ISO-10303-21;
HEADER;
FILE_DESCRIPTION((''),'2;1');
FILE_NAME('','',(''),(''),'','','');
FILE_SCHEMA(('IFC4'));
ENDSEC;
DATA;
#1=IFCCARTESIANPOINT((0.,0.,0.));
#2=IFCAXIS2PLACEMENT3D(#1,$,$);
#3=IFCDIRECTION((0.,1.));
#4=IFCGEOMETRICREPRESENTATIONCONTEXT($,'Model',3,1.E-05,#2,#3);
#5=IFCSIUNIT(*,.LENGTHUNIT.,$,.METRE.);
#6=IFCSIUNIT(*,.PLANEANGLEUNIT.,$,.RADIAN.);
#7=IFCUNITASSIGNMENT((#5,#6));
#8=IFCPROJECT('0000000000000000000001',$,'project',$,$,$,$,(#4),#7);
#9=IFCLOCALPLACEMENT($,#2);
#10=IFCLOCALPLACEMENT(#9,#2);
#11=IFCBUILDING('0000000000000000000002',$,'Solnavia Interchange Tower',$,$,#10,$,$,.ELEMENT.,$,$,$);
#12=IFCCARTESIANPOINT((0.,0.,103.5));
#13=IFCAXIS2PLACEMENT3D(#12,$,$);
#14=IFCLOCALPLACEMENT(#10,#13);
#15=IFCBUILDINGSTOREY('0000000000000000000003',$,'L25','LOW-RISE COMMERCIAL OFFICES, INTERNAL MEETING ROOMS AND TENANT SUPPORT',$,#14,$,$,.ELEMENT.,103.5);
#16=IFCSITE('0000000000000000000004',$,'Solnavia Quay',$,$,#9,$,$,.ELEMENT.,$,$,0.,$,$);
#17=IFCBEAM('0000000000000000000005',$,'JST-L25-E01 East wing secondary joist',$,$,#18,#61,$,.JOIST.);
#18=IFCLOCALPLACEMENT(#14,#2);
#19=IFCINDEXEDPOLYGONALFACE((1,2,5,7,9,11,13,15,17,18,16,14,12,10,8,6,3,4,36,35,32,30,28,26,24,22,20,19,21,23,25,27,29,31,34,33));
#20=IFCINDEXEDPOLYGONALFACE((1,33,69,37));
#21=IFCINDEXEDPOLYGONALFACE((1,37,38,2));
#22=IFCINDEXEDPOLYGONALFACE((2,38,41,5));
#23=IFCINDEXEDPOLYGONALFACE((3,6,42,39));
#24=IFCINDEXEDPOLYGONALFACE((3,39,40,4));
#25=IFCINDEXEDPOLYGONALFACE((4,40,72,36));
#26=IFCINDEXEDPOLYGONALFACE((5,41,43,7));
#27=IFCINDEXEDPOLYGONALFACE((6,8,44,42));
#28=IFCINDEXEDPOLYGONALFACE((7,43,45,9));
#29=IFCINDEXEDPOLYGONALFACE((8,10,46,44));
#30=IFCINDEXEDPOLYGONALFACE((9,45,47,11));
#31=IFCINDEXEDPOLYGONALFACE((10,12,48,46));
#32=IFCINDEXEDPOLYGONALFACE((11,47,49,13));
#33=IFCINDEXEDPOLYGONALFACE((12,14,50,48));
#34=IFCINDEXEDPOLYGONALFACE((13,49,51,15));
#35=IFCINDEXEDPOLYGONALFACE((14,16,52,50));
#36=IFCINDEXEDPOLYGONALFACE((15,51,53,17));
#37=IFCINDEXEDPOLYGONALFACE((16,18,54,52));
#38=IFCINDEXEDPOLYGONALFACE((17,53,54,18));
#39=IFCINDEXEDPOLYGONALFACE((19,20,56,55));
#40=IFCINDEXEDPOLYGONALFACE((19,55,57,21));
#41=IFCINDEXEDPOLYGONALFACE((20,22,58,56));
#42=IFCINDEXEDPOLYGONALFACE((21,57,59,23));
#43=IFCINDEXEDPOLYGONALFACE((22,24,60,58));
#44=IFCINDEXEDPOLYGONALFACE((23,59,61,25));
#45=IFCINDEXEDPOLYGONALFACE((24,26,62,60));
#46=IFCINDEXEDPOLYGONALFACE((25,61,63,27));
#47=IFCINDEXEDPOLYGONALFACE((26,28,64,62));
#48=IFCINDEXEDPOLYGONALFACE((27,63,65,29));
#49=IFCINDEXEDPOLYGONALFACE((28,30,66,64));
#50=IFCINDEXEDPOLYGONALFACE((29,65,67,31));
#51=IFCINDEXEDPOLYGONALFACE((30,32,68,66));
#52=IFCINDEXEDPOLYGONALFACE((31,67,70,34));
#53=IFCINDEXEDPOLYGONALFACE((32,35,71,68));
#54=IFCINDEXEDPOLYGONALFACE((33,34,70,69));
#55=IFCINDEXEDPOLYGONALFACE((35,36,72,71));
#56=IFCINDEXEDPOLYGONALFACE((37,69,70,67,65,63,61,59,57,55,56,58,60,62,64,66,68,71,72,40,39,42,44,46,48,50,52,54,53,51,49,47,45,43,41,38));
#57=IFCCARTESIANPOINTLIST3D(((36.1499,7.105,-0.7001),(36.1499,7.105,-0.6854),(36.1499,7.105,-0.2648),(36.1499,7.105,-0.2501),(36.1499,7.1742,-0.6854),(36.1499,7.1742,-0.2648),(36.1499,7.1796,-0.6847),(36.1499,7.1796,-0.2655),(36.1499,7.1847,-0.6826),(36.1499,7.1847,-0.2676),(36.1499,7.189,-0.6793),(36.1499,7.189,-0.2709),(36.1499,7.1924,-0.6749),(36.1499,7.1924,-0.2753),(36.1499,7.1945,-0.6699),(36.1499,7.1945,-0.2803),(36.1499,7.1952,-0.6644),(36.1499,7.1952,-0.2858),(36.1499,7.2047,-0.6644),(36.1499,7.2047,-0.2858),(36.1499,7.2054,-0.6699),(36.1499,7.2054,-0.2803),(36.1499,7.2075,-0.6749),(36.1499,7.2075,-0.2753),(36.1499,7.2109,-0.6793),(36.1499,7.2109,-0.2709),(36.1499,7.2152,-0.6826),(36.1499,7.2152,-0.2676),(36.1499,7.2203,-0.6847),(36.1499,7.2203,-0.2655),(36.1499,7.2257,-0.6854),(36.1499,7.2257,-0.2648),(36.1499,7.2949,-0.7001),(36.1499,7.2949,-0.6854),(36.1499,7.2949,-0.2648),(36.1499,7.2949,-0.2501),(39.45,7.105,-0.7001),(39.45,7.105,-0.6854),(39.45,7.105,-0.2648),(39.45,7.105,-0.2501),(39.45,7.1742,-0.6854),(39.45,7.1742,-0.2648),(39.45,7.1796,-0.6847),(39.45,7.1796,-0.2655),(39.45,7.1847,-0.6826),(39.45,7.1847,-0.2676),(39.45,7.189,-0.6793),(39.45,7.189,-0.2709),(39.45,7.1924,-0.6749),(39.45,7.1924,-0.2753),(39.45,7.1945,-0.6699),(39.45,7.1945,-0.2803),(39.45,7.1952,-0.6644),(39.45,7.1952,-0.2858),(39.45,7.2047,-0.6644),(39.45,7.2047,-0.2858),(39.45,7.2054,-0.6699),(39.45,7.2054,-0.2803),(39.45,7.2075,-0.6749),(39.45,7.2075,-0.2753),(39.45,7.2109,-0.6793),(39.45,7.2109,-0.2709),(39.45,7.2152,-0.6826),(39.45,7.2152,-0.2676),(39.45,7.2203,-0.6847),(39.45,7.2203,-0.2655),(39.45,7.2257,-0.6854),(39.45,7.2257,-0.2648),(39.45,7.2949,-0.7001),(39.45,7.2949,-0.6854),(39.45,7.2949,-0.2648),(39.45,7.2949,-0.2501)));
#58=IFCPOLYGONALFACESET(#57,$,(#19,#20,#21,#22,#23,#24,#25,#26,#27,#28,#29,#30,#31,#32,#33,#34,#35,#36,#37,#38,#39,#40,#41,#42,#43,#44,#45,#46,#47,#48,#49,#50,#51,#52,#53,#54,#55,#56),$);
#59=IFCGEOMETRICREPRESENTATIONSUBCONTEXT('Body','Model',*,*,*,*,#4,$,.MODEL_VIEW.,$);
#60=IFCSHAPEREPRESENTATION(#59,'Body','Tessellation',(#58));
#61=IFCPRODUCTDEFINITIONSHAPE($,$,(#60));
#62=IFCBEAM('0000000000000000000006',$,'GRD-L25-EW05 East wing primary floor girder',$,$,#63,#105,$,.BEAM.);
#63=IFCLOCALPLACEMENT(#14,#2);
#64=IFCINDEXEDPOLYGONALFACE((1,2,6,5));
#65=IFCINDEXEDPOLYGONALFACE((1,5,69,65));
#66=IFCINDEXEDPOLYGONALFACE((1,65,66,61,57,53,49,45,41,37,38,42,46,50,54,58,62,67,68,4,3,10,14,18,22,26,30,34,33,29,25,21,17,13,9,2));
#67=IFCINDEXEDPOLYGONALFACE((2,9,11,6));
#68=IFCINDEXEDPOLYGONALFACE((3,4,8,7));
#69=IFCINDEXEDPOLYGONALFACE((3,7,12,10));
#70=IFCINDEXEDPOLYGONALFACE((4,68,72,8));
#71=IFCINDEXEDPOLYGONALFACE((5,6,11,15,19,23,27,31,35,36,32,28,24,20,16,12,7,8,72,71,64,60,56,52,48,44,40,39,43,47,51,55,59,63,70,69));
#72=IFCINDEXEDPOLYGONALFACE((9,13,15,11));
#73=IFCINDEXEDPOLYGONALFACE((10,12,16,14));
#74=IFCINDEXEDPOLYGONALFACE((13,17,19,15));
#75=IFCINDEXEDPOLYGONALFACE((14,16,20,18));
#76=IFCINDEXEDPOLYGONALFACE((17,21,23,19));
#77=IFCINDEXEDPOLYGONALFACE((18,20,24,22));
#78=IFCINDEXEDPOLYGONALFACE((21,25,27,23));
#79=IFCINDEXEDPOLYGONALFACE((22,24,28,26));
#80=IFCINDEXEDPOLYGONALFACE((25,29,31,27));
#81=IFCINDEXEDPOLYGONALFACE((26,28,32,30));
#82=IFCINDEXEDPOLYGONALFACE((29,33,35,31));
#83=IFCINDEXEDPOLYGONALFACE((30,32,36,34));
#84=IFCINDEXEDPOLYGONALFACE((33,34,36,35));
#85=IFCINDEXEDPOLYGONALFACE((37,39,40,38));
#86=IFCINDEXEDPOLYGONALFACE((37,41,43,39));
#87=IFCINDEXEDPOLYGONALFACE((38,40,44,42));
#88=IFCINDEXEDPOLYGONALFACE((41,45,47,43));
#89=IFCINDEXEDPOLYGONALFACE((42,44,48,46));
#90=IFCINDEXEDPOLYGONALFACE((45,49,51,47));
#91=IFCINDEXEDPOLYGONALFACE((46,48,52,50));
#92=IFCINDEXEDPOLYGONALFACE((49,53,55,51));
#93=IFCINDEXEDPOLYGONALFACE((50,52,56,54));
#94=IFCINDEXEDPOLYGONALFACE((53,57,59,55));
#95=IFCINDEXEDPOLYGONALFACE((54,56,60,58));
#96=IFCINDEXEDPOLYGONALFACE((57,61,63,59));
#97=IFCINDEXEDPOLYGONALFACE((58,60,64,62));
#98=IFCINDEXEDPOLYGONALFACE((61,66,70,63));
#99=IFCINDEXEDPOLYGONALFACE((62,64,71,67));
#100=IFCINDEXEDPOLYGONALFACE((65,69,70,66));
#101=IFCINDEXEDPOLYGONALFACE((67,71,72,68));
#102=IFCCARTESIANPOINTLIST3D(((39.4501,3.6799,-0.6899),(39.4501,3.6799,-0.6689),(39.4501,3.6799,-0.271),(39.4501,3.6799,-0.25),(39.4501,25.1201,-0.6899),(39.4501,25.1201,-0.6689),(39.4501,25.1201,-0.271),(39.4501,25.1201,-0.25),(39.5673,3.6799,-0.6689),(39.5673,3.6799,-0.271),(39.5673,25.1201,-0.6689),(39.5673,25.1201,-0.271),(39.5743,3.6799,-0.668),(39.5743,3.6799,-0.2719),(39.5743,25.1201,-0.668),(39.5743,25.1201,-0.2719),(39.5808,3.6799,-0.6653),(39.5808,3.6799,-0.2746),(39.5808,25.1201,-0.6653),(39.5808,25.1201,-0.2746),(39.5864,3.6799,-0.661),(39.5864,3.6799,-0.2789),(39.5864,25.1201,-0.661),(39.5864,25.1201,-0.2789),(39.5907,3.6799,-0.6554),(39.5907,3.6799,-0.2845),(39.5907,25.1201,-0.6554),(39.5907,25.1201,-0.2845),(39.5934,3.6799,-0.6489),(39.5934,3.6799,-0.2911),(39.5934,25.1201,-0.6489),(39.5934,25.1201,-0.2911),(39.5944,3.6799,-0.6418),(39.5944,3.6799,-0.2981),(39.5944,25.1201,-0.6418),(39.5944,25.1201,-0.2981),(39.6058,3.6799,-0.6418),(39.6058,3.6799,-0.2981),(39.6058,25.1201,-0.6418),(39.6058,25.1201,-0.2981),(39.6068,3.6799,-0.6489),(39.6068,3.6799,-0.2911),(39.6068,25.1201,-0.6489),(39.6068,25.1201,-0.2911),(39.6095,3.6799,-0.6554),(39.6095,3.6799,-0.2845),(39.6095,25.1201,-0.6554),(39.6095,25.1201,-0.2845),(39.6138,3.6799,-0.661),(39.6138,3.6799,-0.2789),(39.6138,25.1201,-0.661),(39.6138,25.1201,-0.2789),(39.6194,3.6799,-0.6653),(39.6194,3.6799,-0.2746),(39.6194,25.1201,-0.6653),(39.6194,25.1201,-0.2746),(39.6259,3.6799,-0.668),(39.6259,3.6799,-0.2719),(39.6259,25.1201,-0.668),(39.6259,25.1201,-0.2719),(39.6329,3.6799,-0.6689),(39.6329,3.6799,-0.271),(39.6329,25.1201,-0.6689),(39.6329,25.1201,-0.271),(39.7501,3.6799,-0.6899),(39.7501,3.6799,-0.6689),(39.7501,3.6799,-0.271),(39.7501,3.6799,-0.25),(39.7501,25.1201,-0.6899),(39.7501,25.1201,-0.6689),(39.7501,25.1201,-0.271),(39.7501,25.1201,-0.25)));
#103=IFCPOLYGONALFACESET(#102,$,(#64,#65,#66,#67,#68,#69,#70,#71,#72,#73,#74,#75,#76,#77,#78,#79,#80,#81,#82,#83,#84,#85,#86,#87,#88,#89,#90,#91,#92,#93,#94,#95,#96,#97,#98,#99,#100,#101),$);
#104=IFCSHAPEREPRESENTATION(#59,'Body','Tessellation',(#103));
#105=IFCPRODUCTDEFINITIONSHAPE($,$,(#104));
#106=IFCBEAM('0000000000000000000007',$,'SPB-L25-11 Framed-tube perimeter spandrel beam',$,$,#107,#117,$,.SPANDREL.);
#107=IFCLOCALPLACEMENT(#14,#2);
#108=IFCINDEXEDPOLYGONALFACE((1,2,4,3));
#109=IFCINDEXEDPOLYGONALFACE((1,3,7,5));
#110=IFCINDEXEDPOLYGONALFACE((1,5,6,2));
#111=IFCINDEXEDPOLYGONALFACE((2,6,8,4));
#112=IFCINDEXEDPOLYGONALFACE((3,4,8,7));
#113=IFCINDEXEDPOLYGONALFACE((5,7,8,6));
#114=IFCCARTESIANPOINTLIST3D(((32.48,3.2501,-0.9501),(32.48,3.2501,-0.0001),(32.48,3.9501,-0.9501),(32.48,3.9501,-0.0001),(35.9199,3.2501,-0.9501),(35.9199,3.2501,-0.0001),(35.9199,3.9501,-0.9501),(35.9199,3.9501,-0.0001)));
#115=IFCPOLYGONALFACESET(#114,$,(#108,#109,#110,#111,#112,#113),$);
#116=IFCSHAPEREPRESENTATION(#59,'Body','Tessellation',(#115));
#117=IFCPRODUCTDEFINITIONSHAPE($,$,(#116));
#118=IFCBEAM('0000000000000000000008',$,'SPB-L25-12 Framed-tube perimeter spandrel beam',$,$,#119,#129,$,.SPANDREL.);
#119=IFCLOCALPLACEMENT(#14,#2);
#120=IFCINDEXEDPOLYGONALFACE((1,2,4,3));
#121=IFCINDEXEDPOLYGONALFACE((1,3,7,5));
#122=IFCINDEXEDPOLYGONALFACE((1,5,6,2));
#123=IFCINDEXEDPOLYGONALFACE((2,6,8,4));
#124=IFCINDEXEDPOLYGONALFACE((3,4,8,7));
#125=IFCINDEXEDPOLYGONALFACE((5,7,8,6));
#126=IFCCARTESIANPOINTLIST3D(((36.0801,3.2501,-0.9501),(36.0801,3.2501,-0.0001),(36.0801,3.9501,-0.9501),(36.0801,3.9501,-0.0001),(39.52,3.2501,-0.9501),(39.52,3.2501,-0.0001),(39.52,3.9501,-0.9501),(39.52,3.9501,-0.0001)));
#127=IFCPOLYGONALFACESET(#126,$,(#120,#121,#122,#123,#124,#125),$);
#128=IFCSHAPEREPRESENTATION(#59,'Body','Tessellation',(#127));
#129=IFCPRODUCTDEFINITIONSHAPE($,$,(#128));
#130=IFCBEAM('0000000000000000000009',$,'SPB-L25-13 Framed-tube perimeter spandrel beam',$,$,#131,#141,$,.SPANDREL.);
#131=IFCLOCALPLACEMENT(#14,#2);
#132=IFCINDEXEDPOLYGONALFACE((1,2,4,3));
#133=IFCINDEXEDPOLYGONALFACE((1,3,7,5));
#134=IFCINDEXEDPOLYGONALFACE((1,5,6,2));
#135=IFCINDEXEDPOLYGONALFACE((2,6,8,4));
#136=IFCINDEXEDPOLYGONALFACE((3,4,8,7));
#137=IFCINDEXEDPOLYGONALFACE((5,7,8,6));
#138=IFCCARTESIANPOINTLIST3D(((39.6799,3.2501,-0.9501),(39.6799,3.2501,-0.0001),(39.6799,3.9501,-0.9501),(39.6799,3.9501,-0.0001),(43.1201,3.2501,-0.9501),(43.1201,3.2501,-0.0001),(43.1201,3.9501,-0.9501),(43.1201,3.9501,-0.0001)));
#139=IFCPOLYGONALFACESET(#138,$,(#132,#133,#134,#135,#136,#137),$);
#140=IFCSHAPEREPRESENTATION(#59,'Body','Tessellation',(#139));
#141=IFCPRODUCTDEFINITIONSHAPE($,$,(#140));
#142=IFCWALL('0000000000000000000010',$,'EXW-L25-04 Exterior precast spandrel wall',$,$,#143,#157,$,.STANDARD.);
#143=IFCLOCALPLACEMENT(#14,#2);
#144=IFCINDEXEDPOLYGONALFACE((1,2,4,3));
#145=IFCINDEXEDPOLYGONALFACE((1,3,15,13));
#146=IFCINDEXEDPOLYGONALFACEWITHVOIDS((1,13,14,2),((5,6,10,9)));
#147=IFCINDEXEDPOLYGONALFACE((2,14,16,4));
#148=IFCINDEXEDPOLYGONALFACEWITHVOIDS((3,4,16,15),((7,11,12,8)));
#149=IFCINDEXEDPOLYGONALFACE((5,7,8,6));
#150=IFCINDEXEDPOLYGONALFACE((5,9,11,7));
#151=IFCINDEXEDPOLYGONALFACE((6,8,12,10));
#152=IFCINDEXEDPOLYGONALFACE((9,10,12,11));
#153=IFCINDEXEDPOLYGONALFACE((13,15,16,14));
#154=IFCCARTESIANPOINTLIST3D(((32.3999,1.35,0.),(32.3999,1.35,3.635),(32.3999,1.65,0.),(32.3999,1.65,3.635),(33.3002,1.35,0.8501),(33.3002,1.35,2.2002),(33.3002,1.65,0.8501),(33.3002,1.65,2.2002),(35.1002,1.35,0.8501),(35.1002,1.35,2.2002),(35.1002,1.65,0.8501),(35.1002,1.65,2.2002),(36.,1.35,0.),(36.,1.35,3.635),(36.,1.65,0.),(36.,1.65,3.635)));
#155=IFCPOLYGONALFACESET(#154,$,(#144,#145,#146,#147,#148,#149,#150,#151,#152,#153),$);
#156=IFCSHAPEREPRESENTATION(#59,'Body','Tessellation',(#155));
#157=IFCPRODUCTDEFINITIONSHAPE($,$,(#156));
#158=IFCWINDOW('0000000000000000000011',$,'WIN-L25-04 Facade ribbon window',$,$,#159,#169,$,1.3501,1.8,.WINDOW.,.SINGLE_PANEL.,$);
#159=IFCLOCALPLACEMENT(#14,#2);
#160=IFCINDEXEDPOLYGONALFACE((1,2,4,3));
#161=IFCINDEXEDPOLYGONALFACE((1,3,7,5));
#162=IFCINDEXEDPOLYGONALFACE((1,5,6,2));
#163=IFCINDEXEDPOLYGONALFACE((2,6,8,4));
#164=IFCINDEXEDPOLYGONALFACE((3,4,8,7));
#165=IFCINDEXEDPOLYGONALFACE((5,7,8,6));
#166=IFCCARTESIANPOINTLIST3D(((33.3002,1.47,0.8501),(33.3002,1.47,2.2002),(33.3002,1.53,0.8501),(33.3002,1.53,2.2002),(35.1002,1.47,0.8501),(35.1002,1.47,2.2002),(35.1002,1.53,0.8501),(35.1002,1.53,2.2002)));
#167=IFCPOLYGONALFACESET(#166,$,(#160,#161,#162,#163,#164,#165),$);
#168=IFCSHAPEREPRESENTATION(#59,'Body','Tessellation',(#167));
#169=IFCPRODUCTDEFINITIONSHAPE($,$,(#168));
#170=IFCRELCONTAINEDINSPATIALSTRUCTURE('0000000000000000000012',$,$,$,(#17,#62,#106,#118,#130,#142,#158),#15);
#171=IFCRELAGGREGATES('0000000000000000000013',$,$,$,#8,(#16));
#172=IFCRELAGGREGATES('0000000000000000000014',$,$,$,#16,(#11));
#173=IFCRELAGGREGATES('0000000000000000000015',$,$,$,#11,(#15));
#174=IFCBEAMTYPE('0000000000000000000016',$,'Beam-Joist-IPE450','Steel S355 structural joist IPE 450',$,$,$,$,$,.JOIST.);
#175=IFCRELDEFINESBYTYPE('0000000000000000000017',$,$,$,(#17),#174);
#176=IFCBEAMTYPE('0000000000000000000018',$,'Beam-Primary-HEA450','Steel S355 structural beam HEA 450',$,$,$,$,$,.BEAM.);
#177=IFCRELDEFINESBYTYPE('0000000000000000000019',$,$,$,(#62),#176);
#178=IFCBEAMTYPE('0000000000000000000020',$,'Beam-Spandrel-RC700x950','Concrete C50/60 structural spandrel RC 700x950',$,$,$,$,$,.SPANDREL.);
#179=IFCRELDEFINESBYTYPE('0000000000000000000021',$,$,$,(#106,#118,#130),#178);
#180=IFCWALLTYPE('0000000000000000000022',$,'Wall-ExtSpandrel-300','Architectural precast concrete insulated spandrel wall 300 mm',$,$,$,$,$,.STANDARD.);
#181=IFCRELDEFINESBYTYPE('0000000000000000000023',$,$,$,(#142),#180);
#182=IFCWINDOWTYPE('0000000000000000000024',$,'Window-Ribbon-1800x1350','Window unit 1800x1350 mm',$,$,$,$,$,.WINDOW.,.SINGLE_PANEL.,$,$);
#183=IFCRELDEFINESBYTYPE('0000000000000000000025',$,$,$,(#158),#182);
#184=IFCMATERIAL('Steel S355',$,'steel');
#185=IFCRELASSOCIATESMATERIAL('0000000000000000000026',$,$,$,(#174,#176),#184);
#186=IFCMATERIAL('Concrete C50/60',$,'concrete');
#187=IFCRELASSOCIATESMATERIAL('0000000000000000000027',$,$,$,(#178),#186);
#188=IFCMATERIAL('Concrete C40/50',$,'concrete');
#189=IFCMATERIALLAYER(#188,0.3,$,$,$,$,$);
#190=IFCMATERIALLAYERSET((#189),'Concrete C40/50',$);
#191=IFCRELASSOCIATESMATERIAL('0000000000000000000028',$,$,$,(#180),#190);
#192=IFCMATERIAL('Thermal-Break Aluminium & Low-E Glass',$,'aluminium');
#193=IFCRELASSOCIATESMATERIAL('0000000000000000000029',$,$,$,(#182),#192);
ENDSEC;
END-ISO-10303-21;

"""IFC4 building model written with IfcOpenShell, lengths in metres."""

from ifc_helpers import new_model, si_unit, direction, frame, frame_2d, origin, origin_2d, place, context, subcontext, project, spatial, rectangle, i_section, extrude, material, layer, layer_set, material_profile, profile_set, type_object, element, fill, save


model = new_model("IFC4")

# Units and contexts
model_context = context("Model", 3, precision=1e-05, world=origin(), true_north=direction((0.0, 1.0)))
body_context = subcontext(model_context, "Body", "Model", "MODEL_VIEW")
ifc_project = project(units=[si_unit("LENGTHUNIT", "METRE"), si_unit("PLANEANGLEUNIT", "RADIAN")], contexts=[model_context])

# Site, building, storey
site_placement = place(None, origin())
site = spatial("IfcSite", under=ifc_project, at=site_placement, Name="Solnavia Quay", CompositionType="ELEMENT", RefElevation=0.0)
building_placement = place(site_placement, origin())
building = spatial("IfcBuilding", under=site, at=building_placement, Name="Solnavia Interchange Tower", CompositionType="ELEMENT")
storey_placement = place(building_placement, frame((0.0, 0.0, 103.5)))
storey = spatial("IfcBuildingStorey", under=building, at=storey_placement, Name="L25", Description="LOW-RISE COMMERCIAL OFFICES, INTERNAL MEETING ROOMS AND TENANT SUPPORT", CompositionType="ELEMENT", Elevation=103.5)

# Shared definitions
ifc_material_1 = material(Name="Concrete C50/60", Category="concrete")
ifc_material_2 = material(Name="Steel S355", Category="steel")

# Beams
ifc_material_profile_1 = material_profile(ifc_material_2, i_section(OverallWidth=0.1899, OverallDepth=0.45, WebThickness=0.0095, FlangeThickness=0.0146, FilletRadius=0.021, at=origin_2d()), Name="IPE 450")
ifc_profile_set_1 = profile_set([ifc_material_profile_1], Name="Steel S355")
beam_type_1 = type_object("IfcBeamType", Name="Beam-Joist-IPE450", Description="Steel S355 structural joist IPE 450", PredefinedType="JOIST", material=ifc_profile_set_1)
beam_1_placement = place(storey_placement, frame((36.1499, 7.2, -0.4751), z_axis=(1.0, 0.0, 0.0), x_axis=(0.0, 1.0, 0.0)))
element("IfcBeam", 1, at=beam_1_placement, inside=storey, type_object=beam_type_1, Name="JST-L25-E01 East wing secondary joist", PredefinedType="JOIST", context=body_context, shape_type="SweptSolid", body=[
    extrude(i_section(OverallWidth=0.1899, OverallDepth=0.45, WebThickness=0.0095, FlangeThickness=0.0146, FilletRadius=0.021, at=origin_2d()), origin(), (0.0, 0.0, 1.0), 3.3),
])
ifc_material_profile_2 = material_profile(ifc_material_2, i_section(OverallWidth=0.3, OverallDepth=0.4399, WebThickness=0.0115, FlangeThickness=0.021, FilletRadius=0.0271, at=origin_2d()), Name="HEA 450")
ifc_profile_set_2 = profile_set([ifc_material_profile_2], Name="Steel S355")
beam_type_2 = type_object("IfcBeamType", Name="Beam-Primary-HEA450", Description="Steel S355 structural beam HEA 450", PredefinedType="BEAM", material=ifc_profile_set_2)
beam_2_placement = place(storey_placement, frame((39.6001, 3.6799, -0.47), z_axis=(0.0, 1.0, 0.0), x_axis=(-1.0, 0.0, 0.0)))
element("IfcBeam", 2, at=beam_2_placement, inside=storey, type_object=beam_type_2, Name="GRD-L25-EW05 East wing primary floor girder", PredefinedType="BEAM", context=body_context, shape_type="SweptSolid", body=[
    extrude(i_section(OverallWidth=0.3, OverallDepth=0.4399, WebThickness=0.0115, FlangeThickness=0.021, FilletRadius=0.0271, at=origin_2d()), origin(), (0.0, 0.0, 1.0), 21.4402),
])
ifc_material_profile_3 = material_profile(ifc_material_1, rectangle(XDim=0.7, YDim=0.95, at=origin_2d()), Name="RC 700x950")
ifc_profile_set_3 = profile_set([ifc_material_profile_3], Name="Concrete C50/60")
beam_type_3 = type_object("IfcBeamType", Name="Beam-Spandrel-RC700x950", Description="Concrete C50/60 structural spandrel RC 700x950", PredefinedType="SPANDREL", material=ifc_profile_set_3)
for number, where, z_axis, x_axis, name in (
    (3, (32.48, 3.6001, -0.4751), (1.0, 0.0, 0.0), (0.0, 1.0, 0.0), "SPB-L25-11 Framed-tube perimeter spandrel beam"),
    (4, (36.0801, 3.6001, -0.4751), (1.0, 0.0, 0.0), (0.0, 1.0, 0.0), "SPB-L25-12 Framed-tube perimeter spandrel beam"),
):
    element("IfcBeam", number, at=place(storey_placement, frame(where, z_axis=z_axis, x_axis=x_axis)), inside=storey, type_object=beam_type_3, Name=name, PredefinedType="SPANDREL", context=body_context, shape_type="SweptSolid", body=[
        extrude(rectangle(XDim=0.7, YDim=0.95, at=origin_2d()), origin(), (0.0, 0.0, 1.0), 3.4399),
    ])
beam_3_placement = place(storey_placement, frame((39.6799, 3.6001, -0.4751), z_axis=(1.0, 0.0, 0.0), x_axis=(0.0, 1.0, 0.0)))
element("IfcBeam", 5, at=beam_3_placement, inside=storey, type_object=beam_type_3, Name="SPB-L25-13 Framed-tube perimeter spandrel beam", PredefinedType="SPANDREL", context=body_context, shape_type="SweptSolid", body=[
    extrude(rectangle(XDim=0.7, YDim=0.95, at=origin_2d()), origin(), (0.0, 0.0, 1.0), 3.4402),
])

# Wall, opening, window
ifc_material_3 = material(Name="Concrete C40/50", Category="concrete")
ifc_layer_1 = layer(ifc_material_3, 0.3)
ifc_layer_set_1 = layer_set([ifc_layer_1], Name="Concrete C40/50")
wall_type_1 = type_object("IfcWallType", Name="Wall-ExtSpandrel-300", Description="Architectural precast concrete insulated spandrel wall 300 mm", PredefinedType="STANDARD", material=ifc_layer_set_1)
wall_1_placement = place(storey_placement, frame((36.0, 1.5, 0.0), z_axis=(0.0, 0.0, 1.0), x_axis=(-1.0, 0.0, 0.0)))
wall_1 = element("IfcWall", 6, at=wall_1_placement, inside=storey, type_object=wall_type_1, Name="EXW-L25-04 Exterior precast spandrel wall", PredefinedType="STANDARD", context=body_context, shape_type="SweptSolid", body=[
    extrude(rectangle(XDim=3.6001, YDim=0.3, at=frame_2d((1.8, 0.0))), origin(), (0.0, 0.0, 1.0), 3.635),
])
opening_1_placement = place(wall_1_placement, frame((0.8999, 0.0, 0.8501)))
opening_1 = element("IfcOpeningElement", 7, at=opening_1_placement, cuts=wall_1, PredefinedType="OPENING", context=body_context, shape_type="SweptSolid", body=[
    extrude(rectangle(XDim=1.8, YDim=1.3501, at=frame_2d((0.8999, 0.675))), frame((0.0, 0.1602, 0.0), z_axis=(0.0, -1.0, 0.0), x_axis=(1.0, 0.0, 0.0)), (0.0, 0.0, 1.0), 0.3201),
])
ifc_material_4 = material(Name="Thermal-Break Aluminium & Low-E Glass", Category="aluminium")
window_type = type_object("IfcWindowType", Name="Window-Ribbon-1800x1350", Description="Window unit 1800x1350 mm", PartitioningType="SINGLE_PANEL", PredefinedType="WINDOW", material=ifc_material_4)
window_1_placement = place(opening_1_placement, origin())
window_1 = element("IfcWindow", 8, at=window_1_placement, inside=storey, type_object=window_type, Name="WIN-L25-04 Facade ribbon window", OverallHeight=1.3501, OverallWidth=1.8, PartitioningType="SINGLE_PANEL", PredefinedType="WINDOW", context=body_context, shape_type="SweptSolid", body=[
    extrude(rectangle(XDim=1.8, YDim=1.3501, at=frame_2d((0.8999, 0.675))), frame((0.0, 0.03, 0.0), z_axis=(0.0, -1.0, 0.0), x_axis=(1.0, 0.0, 0.0)), (0.0, 0.0, 1.0), 0.0601),
])
fill(opening_1, window_1)

save(model, "model.ifc")
